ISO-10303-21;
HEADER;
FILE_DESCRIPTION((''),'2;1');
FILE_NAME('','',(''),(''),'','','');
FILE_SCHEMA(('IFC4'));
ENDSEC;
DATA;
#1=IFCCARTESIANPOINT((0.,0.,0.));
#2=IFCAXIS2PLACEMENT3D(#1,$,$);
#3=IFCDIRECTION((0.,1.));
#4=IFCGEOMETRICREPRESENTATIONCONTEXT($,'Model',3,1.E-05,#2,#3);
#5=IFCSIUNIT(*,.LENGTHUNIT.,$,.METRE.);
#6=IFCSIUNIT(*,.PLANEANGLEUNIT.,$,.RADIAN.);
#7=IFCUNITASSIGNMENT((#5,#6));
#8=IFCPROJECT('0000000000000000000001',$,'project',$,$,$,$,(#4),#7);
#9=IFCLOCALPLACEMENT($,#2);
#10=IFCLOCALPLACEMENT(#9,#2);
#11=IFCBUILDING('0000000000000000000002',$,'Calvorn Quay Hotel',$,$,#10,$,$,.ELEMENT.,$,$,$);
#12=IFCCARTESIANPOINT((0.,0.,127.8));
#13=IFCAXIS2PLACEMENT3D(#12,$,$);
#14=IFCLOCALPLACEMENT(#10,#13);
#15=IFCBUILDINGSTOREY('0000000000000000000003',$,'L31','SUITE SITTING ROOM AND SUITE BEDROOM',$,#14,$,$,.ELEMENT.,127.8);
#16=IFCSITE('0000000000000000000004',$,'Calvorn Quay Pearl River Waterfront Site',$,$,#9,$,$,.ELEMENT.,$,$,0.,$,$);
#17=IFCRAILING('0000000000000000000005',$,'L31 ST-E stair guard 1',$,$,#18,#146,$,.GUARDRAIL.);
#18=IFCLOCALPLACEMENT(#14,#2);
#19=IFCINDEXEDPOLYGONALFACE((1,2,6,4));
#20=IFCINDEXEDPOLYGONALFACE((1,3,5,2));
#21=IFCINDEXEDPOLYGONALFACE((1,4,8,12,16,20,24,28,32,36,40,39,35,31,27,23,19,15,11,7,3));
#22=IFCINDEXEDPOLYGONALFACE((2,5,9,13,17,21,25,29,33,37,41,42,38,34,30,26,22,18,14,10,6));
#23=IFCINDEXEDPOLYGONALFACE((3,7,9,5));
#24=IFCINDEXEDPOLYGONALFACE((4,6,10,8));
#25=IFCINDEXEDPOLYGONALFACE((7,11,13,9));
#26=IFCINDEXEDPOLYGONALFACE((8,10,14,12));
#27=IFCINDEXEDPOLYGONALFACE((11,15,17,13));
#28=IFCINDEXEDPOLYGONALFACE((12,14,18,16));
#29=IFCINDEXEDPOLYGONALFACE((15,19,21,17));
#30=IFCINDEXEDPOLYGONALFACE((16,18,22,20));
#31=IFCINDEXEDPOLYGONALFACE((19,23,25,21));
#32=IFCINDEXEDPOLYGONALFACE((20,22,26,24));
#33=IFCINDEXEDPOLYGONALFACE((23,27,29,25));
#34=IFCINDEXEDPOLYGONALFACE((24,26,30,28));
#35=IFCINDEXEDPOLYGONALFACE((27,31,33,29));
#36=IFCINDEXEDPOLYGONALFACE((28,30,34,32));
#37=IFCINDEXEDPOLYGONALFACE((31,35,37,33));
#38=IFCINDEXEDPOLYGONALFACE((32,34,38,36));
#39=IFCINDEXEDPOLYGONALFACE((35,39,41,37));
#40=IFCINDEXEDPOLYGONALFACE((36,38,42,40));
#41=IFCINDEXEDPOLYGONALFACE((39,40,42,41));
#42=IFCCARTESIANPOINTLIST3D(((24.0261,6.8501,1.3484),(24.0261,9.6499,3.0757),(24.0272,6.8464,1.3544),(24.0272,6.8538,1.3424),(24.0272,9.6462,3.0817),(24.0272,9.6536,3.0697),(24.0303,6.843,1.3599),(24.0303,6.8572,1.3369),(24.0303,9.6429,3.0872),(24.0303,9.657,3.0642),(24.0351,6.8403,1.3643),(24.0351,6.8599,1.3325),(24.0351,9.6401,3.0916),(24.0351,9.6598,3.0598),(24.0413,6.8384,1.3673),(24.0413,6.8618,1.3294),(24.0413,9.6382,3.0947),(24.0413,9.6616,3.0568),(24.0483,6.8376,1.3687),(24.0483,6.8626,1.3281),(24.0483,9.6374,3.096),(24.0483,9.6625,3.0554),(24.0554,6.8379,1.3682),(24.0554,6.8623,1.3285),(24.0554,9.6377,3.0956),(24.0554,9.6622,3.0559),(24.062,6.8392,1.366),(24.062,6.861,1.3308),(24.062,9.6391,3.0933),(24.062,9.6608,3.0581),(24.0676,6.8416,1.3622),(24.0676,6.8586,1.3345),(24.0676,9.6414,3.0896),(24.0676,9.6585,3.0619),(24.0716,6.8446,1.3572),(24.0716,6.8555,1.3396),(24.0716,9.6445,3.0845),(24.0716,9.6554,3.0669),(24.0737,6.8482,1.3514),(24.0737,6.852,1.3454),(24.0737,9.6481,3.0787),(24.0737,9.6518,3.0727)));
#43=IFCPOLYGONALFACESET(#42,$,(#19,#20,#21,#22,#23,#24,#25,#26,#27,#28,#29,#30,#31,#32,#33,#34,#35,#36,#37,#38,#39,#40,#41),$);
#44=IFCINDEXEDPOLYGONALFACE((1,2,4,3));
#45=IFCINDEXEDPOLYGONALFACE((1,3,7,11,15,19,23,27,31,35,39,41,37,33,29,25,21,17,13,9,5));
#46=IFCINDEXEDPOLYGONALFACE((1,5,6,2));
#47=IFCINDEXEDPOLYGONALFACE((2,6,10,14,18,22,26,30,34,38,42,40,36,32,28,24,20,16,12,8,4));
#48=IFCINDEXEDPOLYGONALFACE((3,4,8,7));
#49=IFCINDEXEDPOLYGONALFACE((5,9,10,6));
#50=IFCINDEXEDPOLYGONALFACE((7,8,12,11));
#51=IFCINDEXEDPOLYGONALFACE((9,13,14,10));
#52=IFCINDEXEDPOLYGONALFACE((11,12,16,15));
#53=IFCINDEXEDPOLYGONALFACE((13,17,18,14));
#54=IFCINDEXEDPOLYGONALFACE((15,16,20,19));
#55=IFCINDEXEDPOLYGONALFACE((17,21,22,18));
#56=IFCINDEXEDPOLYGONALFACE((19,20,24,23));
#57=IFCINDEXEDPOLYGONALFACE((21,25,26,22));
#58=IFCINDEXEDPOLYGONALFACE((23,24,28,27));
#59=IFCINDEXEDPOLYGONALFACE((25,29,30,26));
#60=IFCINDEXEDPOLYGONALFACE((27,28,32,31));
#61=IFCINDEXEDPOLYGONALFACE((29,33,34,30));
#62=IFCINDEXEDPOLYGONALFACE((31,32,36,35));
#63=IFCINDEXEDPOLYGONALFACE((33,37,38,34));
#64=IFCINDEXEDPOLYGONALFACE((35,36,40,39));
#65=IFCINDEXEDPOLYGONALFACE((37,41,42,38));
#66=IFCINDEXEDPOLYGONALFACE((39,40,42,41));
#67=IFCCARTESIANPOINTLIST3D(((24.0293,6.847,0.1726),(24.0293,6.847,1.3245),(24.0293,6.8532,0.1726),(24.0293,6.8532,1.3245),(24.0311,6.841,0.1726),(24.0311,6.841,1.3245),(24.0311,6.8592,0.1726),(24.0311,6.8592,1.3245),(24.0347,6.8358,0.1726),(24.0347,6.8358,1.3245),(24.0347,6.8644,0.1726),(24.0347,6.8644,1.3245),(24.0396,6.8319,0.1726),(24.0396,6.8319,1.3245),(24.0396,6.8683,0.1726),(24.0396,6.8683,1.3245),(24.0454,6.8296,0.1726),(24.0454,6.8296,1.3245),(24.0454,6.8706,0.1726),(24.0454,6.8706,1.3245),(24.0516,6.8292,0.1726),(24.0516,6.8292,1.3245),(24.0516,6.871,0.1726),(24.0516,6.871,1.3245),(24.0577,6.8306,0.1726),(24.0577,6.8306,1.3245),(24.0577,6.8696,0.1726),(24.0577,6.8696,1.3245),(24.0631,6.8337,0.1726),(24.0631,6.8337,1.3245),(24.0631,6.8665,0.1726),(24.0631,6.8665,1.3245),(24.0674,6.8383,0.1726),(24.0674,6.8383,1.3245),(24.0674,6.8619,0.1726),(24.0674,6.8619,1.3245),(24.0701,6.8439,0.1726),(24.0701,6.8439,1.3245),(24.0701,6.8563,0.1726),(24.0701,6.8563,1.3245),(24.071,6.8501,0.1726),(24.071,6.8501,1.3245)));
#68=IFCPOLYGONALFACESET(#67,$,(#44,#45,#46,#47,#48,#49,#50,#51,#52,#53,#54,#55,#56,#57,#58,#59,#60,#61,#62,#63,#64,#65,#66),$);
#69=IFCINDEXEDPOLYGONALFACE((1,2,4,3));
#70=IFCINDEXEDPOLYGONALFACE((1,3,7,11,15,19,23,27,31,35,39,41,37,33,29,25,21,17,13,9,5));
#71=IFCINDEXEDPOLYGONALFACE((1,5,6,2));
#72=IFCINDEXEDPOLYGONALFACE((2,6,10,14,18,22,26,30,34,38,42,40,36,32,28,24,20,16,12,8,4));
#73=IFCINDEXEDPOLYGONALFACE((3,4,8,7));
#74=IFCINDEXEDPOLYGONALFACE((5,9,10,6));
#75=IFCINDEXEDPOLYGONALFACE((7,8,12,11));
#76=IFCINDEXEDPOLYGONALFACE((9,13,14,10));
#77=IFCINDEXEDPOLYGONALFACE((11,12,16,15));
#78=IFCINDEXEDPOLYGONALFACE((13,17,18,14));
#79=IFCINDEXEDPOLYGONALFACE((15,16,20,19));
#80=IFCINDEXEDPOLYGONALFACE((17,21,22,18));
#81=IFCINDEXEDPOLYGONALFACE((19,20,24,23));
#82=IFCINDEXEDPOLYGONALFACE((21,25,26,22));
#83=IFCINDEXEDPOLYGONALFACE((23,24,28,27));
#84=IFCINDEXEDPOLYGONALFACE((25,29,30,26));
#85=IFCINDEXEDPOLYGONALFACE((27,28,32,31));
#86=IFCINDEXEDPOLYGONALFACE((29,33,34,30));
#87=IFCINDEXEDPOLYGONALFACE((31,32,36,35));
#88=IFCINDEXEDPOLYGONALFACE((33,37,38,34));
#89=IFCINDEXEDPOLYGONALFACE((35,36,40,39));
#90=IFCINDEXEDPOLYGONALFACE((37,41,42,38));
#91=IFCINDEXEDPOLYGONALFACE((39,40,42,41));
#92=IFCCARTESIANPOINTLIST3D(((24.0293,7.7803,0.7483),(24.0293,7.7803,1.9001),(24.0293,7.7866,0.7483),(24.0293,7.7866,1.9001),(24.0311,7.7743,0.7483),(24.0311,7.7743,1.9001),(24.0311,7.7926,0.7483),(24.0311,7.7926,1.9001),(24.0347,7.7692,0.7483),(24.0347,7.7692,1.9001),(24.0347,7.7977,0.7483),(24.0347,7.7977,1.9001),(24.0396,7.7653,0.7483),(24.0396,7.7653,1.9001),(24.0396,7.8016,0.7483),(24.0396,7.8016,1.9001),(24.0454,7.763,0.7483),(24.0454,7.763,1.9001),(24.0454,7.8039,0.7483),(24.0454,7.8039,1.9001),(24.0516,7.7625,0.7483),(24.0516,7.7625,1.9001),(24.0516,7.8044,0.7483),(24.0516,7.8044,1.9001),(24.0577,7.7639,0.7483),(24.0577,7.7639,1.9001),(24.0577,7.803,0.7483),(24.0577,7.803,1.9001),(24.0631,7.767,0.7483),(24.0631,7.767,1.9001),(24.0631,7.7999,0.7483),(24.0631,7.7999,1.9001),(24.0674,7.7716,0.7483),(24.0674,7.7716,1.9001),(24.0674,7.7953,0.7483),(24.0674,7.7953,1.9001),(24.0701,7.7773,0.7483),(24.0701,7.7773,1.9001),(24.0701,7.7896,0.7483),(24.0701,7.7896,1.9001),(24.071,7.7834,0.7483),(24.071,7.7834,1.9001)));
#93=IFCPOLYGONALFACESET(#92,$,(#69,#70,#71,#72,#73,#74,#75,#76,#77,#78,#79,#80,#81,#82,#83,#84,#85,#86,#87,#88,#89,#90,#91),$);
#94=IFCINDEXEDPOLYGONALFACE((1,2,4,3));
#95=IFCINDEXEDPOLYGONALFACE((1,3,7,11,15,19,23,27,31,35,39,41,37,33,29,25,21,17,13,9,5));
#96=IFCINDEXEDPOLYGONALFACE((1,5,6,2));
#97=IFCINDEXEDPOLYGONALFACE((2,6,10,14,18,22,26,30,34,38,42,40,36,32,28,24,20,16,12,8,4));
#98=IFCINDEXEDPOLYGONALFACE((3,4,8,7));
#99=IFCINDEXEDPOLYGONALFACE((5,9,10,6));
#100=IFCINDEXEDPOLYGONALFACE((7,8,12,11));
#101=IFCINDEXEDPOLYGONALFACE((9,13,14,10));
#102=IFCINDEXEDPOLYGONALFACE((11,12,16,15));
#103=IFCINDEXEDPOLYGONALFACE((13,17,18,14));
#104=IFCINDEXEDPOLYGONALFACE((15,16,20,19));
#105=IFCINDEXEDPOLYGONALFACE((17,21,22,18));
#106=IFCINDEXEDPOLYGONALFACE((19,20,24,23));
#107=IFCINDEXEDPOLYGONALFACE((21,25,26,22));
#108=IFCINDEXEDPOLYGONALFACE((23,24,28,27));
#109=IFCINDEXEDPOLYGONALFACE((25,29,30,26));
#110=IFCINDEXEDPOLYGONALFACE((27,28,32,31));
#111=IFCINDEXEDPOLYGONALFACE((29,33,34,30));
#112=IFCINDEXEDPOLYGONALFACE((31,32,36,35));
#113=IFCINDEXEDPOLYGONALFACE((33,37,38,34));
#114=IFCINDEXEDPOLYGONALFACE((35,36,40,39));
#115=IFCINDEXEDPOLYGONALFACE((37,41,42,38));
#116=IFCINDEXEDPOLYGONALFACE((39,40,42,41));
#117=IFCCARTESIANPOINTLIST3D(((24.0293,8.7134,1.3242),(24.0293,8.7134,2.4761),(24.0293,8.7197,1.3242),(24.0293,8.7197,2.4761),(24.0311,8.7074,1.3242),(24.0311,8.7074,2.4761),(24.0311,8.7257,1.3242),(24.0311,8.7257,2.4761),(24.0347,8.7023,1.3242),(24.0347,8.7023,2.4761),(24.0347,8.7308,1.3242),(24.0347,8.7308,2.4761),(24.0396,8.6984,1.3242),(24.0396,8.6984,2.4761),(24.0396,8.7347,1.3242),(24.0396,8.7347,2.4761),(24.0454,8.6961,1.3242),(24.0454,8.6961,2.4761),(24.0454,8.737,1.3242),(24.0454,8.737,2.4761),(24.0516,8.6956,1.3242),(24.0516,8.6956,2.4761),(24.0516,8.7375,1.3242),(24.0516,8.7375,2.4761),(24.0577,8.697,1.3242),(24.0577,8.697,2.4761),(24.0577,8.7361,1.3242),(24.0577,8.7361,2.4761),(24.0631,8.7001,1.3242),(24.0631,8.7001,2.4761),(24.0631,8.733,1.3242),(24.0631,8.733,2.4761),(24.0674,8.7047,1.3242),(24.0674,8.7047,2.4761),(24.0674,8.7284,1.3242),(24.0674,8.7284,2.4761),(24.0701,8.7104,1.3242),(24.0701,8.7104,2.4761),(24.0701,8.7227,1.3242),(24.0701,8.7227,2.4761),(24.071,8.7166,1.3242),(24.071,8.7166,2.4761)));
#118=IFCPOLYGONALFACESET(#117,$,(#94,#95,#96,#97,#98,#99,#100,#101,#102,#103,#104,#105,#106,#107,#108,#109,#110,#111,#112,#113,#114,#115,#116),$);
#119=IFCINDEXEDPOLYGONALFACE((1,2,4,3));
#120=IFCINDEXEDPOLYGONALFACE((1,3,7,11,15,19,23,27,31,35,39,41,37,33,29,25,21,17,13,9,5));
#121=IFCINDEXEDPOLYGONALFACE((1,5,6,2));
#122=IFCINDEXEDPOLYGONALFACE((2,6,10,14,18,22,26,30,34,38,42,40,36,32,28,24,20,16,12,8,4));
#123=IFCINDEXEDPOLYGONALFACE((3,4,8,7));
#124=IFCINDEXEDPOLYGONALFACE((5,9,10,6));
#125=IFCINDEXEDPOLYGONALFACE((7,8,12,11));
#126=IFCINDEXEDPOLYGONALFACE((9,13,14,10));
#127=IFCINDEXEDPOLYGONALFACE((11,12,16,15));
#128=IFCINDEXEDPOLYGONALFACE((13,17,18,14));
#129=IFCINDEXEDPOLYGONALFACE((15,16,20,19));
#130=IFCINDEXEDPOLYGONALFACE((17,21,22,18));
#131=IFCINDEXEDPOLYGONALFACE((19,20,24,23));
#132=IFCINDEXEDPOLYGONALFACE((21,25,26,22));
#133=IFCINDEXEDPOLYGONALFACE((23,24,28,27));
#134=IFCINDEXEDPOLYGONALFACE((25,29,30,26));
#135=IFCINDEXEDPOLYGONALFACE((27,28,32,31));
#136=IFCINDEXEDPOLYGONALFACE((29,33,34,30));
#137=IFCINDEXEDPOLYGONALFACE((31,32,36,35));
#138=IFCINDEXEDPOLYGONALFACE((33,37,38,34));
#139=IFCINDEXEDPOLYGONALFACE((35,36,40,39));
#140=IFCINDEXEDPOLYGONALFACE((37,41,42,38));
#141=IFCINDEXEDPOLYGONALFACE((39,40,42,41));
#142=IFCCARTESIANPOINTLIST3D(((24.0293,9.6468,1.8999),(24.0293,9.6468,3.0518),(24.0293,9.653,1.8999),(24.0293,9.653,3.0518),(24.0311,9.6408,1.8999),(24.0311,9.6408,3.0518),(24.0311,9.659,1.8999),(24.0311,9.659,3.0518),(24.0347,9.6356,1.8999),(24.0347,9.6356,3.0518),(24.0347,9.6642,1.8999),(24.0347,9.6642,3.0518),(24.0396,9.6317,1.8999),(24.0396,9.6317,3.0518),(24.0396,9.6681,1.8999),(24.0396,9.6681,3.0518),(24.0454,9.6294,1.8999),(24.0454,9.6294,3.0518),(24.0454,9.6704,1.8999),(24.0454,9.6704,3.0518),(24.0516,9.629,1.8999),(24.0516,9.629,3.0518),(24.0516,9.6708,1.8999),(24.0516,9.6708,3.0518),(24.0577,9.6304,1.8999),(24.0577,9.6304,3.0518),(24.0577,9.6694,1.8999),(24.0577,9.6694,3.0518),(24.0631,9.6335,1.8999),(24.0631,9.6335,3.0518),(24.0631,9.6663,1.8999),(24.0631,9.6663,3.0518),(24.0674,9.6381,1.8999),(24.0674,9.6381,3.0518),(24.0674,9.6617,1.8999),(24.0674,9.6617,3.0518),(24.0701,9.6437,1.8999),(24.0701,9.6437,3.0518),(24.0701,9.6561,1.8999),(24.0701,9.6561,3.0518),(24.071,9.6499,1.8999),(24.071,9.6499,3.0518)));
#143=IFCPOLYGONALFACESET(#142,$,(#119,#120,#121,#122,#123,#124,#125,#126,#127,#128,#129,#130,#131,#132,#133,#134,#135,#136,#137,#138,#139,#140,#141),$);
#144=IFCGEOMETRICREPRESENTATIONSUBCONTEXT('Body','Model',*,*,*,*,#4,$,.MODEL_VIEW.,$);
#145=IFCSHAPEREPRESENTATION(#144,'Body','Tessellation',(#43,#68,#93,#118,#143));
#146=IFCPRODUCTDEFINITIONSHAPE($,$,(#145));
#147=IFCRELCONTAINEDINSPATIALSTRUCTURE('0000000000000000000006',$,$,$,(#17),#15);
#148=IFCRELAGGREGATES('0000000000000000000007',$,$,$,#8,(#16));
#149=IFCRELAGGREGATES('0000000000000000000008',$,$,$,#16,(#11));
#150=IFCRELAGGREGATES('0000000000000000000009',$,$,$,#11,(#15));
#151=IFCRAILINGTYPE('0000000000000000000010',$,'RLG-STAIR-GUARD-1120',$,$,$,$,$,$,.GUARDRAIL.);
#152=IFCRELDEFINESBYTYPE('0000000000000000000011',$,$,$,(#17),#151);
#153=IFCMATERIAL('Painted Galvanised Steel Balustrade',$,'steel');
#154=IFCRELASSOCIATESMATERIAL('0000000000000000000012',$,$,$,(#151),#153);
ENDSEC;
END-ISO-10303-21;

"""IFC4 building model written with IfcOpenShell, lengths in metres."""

from ifc_helpers import new_model, si_unit, direction, frame, origin, origin_2d, place, context, subcontext, project, spatial, circle, extrude, material, type_object, element, save


model = new_model("IFC4")

# Units and contexts
model_context = context("Model", 3, precision=1e-05, world=origin(), true_north=direction((0.0, 1.0)))
body_context = subcontext(model_context, "Body", "Model", "MODEL_VIEW")
ifc_project = project(units=[si_unit("LENGTHUNIT", "METRE"), si_unit("PLANEANGLEUNIT", "RADIAN")], contexts=[model_context])

# Site, building, storey
site_placement = place(None, origin())
site = spatial("IfcSite", under=ifc_project, at=site_placement, Name="Calvorn Quay Pearl River Waterfront Site", CompositionType="ELEMENT", RefElevation=0.0)
building_placement = place(site_placement, origin())
building = spatial("IfcBuilding", under=site, at=building_placement, Name="Calvorn Quay Hotel", CompositionType="ELEMENT")
storey_placement = place(building_placement, frame((0.0, 0.0, 127.8)))
storey = spatial("IfcBuildingStorey", under=building, at=storey_placement, Name="L31", Description="SUITE SITTING ROOM AND SUITE BEDROOM", CompositionType="ELEMENT", Elevation=127.8)

# Railing
ifc_material_1 = material(Name="Painted Galvanised Steel Balustrade", Category="steel")
railing_type_1 = type_object("IfcRailingType", Name="RLG-STAIR-GUARD-1120", PredefinedType="GUARDRAIL", material=ifc_material_1)
railing_1_placement = place(storey_placement, frame((24.05, 6.8501, 0.1726)))
element("IfcRailing", 1, at=railing_1_placement, inside=storey, type_object=railing_type_1, Name="L31 ST-E stair guard 1", PredefinedType="GUARDRAIL", context=body_context, shape_type="SweptSolid", body=[
    extrude(circle(Radius=0.0239, at=origin_2d()), frame((0.0, 0.0, 1.1758), z_axis=(0.0, 0.851069, 0.525054), x_axis=(-1.0, 0.0, 0.0)), (0.0, 0.0, 1.0), 3.2898),
    extrude(circle(Radius=0.021, at=origin_2d()), origin(), (0.0, 0.0, 1.0), 1.1519),
    extrude(circle(Radius=0.021, at=origin_2d()), frame((0.0, 0.9333, 0.5757)), (0.0, 0.0, 1.0), 1.1519),
    extrude(circle(Radius=0.021, at=origin_2d()), frame((0.0, 1.8665, 1.1516)), (0.0, 0.0, 1.0), 1.1519),
    extrude(circle(Radius=0.021, at=origin_2d()), frame((0.0, 2.7998, 1.7273)), (0.0, 0.0, 1.0), 1.1519),
])

save(model, "model.ifc")
